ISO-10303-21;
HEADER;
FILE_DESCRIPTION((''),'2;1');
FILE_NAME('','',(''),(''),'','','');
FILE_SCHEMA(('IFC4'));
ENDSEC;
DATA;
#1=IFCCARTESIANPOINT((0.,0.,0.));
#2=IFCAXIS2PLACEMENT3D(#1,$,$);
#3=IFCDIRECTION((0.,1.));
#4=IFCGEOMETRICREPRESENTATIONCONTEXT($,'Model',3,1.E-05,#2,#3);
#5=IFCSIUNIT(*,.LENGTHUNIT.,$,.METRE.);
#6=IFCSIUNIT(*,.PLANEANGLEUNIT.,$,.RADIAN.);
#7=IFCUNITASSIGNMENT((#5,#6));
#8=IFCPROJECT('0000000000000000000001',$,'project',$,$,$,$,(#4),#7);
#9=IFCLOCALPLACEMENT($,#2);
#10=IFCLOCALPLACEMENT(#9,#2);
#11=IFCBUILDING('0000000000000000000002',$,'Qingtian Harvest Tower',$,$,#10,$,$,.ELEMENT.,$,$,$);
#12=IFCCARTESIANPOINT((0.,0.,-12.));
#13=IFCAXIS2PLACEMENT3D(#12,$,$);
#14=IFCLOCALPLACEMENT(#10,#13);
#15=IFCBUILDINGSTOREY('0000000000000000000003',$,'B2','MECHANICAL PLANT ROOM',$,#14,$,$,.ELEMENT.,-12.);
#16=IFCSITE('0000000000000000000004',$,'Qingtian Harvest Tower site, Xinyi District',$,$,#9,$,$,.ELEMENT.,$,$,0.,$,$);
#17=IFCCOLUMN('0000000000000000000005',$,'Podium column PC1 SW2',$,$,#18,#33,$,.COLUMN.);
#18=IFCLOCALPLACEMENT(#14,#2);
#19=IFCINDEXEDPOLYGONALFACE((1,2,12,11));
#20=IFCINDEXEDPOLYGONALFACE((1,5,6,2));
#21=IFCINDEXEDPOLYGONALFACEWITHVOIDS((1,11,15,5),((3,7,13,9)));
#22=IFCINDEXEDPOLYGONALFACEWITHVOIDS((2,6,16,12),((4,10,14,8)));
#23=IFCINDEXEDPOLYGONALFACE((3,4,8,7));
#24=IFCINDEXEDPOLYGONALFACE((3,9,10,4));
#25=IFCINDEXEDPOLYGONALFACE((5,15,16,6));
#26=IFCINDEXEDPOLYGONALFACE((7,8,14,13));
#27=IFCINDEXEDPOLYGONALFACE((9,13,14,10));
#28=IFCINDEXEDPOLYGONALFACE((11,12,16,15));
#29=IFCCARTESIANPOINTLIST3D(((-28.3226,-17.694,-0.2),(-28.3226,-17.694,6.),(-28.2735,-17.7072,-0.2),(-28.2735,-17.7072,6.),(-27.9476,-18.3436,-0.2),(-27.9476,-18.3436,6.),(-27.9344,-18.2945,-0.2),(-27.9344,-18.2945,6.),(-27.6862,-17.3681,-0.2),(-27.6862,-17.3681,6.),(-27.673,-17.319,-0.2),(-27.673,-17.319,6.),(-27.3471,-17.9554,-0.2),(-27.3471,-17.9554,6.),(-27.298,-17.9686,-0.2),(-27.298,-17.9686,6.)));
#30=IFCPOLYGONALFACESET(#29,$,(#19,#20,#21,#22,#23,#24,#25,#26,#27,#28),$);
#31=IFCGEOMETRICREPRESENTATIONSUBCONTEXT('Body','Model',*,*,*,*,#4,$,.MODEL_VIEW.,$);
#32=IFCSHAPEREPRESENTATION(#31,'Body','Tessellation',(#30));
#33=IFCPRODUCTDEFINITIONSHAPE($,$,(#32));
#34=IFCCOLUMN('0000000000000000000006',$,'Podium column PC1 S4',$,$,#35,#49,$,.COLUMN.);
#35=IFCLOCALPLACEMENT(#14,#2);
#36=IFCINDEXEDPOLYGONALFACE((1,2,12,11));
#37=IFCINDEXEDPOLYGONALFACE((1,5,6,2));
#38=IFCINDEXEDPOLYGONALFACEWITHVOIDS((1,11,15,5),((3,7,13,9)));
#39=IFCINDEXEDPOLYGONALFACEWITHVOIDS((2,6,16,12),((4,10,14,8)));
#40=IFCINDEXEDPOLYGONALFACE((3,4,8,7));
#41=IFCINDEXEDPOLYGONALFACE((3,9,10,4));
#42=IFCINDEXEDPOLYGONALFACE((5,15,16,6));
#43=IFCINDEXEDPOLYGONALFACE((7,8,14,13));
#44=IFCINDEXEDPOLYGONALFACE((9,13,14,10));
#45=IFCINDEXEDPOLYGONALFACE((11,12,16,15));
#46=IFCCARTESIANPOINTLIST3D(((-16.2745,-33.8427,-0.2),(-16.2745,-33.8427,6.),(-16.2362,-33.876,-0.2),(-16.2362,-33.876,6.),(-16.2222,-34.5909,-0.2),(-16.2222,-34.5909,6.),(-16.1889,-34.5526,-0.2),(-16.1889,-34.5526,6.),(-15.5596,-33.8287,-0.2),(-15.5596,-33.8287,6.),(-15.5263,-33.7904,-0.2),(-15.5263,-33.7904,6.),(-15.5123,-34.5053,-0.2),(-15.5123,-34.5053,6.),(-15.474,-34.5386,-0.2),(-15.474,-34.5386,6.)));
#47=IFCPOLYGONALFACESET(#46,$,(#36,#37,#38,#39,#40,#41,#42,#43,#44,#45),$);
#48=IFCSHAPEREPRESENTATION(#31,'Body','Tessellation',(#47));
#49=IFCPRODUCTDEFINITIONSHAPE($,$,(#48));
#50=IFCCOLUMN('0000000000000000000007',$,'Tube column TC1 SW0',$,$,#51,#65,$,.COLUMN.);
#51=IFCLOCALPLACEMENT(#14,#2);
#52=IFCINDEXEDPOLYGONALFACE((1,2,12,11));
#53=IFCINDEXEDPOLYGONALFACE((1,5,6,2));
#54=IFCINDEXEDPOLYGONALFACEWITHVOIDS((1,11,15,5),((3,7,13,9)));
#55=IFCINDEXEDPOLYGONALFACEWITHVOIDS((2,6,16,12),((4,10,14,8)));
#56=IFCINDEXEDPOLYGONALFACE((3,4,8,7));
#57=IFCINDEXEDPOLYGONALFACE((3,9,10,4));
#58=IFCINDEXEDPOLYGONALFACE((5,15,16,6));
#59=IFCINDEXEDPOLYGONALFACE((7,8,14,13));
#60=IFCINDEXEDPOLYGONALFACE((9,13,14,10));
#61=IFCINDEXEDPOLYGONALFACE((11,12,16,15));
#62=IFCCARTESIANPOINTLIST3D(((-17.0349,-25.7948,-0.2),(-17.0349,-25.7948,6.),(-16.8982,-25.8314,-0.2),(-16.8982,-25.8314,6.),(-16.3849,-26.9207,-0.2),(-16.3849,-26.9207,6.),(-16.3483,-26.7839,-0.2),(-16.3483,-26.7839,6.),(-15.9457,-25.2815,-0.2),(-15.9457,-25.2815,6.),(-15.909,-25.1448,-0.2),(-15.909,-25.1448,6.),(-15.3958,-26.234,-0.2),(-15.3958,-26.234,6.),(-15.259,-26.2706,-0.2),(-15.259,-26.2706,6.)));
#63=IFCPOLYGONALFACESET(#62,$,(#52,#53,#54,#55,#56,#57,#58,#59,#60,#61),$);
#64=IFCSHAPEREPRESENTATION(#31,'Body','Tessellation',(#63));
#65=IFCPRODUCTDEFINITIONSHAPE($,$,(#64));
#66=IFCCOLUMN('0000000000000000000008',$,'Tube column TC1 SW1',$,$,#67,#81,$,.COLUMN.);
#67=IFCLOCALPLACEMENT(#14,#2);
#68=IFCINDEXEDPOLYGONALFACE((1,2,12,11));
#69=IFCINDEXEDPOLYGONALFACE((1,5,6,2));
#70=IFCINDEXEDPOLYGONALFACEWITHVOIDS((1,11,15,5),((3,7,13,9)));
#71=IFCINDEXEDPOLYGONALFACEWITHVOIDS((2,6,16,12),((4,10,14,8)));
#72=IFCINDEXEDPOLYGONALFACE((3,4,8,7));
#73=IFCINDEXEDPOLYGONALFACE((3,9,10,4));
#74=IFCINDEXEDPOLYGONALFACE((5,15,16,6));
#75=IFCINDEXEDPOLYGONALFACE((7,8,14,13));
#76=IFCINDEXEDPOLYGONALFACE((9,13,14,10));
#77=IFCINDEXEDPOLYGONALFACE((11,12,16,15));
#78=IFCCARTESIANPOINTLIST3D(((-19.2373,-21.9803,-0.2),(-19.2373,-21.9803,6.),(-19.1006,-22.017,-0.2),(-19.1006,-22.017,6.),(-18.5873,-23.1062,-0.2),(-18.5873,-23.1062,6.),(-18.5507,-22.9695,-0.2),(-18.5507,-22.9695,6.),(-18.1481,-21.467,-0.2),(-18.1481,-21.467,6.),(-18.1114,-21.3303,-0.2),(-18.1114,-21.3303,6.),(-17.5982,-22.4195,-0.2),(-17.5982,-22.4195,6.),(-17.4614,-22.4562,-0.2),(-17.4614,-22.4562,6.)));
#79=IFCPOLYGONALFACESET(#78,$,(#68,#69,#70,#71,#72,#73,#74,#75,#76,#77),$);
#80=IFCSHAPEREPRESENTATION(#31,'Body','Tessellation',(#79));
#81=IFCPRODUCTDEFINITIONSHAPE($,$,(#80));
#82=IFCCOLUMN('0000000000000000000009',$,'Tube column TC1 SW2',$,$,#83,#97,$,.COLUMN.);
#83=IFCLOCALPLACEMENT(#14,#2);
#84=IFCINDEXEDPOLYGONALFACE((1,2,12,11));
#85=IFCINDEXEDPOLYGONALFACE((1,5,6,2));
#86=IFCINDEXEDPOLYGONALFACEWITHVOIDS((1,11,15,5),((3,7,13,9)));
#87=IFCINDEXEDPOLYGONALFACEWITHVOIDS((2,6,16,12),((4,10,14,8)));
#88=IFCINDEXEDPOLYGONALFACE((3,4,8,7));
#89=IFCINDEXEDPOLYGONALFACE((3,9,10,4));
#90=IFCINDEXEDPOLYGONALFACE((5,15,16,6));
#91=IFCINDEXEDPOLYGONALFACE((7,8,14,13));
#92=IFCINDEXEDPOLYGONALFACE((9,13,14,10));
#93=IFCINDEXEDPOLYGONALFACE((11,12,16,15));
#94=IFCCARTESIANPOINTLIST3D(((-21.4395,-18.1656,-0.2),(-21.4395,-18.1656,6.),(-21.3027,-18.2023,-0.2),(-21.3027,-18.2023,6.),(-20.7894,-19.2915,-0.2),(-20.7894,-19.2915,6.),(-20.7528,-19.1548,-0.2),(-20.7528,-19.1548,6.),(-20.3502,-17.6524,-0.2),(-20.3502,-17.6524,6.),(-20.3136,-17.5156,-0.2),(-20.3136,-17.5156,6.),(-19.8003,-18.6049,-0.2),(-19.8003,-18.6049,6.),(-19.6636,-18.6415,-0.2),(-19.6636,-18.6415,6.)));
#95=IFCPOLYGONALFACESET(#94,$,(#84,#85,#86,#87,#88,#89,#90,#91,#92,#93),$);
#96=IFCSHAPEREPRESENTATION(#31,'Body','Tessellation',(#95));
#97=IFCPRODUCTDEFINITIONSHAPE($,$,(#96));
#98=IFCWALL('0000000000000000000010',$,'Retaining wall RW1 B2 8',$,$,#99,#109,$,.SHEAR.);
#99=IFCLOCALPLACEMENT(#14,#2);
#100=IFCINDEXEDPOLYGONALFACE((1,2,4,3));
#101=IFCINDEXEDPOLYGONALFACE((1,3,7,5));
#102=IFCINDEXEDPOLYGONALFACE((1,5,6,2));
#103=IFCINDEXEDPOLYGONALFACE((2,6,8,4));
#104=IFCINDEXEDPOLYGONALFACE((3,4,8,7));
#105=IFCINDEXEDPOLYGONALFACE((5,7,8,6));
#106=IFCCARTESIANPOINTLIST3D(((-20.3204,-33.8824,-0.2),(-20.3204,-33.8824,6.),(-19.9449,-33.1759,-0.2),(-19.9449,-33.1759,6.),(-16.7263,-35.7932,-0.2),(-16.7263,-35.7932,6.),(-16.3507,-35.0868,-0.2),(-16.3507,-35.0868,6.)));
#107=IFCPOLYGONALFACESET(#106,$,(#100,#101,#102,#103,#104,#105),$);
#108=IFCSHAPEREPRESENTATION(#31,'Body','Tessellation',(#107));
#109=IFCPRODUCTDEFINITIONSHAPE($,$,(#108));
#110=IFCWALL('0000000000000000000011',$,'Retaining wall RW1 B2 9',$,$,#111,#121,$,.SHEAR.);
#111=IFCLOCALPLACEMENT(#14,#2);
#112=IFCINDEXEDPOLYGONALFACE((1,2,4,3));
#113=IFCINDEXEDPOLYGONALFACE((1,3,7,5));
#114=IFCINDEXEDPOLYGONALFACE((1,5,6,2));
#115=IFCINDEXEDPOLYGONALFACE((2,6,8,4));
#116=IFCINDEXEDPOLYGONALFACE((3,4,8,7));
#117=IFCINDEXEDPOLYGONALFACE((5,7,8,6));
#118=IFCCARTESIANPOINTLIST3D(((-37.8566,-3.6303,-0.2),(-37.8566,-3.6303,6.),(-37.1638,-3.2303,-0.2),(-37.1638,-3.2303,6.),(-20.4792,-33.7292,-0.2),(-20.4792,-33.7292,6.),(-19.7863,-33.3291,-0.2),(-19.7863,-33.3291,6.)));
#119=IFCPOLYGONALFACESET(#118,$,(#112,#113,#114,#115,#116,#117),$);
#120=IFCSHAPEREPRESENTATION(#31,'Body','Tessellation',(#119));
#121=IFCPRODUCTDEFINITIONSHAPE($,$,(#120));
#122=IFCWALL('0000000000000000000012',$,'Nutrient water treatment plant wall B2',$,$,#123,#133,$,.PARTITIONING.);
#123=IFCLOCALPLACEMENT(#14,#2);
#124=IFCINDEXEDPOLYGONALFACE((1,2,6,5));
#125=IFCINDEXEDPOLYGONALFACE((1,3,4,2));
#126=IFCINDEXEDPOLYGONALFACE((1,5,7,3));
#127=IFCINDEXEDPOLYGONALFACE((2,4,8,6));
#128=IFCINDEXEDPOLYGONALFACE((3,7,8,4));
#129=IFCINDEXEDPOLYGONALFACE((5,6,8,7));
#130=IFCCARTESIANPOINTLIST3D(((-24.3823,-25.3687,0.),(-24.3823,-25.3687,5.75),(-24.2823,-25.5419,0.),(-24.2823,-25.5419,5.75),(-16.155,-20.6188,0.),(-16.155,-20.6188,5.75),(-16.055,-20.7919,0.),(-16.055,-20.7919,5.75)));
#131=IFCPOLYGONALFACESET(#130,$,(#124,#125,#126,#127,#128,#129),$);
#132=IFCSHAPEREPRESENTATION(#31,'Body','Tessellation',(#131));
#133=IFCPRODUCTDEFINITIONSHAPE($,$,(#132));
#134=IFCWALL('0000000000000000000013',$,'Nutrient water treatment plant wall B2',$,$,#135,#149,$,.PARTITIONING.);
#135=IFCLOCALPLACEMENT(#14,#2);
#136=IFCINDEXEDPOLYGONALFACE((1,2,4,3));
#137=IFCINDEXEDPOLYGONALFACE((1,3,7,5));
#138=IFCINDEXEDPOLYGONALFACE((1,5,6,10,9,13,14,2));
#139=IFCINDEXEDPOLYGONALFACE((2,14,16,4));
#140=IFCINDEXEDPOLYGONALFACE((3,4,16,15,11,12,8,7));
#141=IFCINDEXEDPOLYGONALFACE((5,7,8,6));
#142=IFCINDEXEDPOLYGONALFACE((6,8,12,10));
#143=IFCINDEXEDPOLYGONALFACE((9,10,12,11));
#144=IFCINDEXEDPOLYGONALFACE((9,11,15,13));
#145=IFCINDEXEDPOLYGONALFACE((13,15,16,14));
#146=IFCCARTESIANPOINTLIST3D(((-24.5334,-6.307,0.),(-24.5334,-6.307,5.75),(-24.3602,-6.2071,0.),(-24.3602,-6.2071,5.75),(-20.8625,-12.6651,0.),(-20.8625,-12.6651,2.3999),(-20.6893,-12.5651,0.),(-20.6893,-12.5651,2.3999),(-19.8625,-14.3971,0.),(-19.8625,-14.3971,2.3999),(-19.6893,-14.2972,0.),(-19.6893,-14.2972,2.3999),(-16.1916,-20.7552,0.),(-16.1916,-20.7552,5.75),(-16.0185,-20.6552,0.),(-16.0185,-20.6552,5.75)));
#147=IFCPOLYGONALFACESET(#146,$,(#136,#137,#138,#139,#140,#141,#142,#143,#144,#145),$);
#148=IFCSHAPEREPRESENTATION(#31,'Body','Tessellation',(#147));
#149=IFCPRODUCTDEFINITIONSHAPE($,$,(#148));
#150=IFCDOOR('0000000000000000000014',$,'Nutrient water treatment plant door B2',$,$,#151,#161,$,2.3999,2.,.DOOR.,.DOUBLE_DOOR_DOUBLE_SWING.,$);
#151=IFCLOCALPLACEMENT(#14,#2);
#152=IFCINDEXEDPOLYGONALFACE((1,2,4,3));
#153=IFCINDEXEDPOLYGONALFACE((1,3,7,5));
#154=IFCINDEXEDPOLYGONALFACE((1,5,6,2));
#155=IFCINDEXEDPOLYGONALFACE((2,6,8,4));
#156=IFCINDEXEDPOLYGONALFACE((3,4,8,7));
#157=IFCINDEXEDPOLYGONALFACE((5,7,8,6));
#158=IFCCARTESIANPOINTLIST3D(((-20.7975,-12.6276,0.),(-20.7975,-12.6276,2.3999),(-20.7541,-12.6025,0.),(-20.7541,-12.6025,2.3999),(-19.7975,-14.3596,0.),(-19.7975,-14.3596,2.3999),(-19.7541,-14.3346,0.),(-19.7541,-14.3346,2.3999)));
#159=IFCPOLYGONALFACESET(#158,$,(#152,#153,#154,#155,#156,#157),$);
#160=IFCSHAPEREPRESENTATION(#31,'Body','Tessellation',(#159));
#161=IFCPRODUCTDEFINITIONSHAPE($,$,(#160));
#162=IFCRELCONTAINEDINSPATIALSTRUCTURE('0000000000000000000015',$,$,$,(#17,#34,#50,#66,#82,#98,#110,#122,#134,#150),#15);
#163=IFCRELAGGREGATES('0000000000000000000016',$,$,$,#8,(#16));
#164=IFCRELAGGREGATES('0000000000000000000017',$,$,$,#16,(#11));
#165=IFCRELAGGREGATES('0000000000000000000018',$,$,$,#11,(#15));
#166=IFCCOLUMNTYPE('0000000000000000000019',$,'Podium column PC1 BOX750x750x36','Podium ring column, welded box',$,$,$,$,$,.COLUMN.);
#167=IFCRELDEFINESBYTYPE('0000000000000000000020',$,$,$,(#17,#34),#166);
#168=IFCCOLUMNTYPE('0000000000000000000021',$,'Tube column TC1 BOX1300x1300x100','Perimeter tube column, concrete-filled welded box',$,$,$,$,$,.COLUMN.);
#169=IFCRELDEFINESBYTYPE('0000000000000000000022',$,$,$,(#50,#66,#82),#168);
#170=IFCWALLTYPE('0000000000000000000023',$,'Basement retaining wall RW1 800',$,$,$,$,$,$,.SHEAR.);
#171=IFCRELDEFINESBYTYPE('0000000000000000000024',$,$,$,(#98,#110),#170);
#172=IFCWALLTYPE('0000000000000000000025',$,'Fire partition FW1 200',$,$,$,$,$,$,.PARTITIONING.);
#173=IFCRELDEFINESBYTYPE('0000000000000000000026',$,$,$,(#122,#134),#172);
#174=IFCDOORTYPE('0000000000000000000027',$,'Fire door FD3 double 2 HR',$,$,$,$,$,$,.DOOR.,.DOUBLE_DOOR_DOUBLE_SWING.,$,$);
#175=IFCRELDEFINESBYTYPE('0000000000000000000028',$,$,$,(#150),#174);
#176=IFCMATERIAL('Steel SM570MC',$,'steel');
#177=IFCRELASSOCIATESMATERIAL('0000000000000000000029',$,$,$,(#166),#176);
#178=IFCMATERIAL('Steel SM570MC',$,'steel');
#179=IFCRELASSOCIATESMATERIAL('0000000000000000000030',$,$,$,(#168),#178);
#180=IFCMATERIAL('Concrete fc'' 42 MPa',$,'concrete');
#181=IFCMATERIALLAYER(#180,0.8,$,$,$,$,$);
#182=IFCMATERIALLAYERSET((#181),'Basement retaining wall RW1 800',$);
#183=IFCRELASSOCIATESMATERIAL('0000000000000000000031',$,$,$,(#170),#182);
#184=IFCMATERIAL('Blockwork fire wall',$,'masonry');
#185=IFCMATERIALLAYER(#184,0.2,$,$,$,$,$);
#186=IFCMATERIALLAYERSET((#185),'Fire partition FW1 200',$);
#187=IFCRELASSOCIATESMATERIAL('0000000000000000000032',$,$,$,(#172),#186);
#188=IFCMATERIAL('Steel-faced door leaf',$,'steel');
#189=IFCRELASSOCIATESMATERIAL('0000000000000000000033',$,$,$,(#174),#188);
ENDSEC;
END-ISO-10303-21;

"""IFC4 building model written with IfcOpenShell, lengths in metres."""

from ifc_helpers import new_model, si_unit, direction, frame, frame_2d, origin, origin_2d, place, context, subcontext, project, spatial, rectangle, hollow_rectangle, extrude, material, layer, layer_set, material_profile, profile_set, type_object, element, fill, save


model = new_model("IFC4")

# Units and contexts
model_context = context("Model", 3, precision=1e-05, world=origin(), true_north=direction((0.0, 1.0)))
body_context = subcontext(model_context, "Body", "Model", "MODEL_VIEW")
ifc_project = project(units=[si_unit("LENGTHUNIT", "METRE"), si_unit("PLANEANGLEUNIT", "RADIAN")], contexts=[model_context])

# Site, building, storey
site_placement = place(None, origin())
site = spatial("IfcSite", under=ifc_project, at=site_placement, Name="Qingtian Harvest Tower site, Xinyi District", CompositionType="ELEMENT", RefElevation=0.0)
building_placement = place(site_placement, origin())
building = spatial("IfcBuilding", under=site, at=building_placement, Name="Qingtian Harvest Tower", CompositionType="ELEMENT")
storey_placement = place(building_placement, frame((0.0, 0.0, -12.0)))
storey = spatial("IfcBuildingStorey", under=building, at=storey_placement, Name="B2", Description="MECHANICAL PLANT ROOM", CompositionType="ELEMENT", Elevation=-12.0)

# Columns
ifc_material_1 = material(Name="Steel SM570MC", Category="steel")
ifc_material_profile_1 = material_profile(ifc_material_1, hollow_rectangle(XDim=0.75, YDim=0.75, WallThickness=0.0359, at=origin_2d()), Name="BOX750x750x36")
ifc_profile_set_1 = profile_set([ifc_material_profile_1], Name="Steel SM570MC")
column_type_1 = type_object("IfcColumnType", Name="Podium column PC1 BOX750x750x36", Description="Podium ring column, welded box", PredefinedType="COLUMN", material=ifc_profile_set_1)
for number, where, z_axis, x_axis, name in (
    (1, (-27.8103, -17.8313, -0.2), (0.0, 0.0, 1.0), (0.5, -0.866025, 0.0), "Podium column PC1 SW2"),
    (2, (-15.8743, -34.1907, -0.2), (0.0, 0.0, 1.0), (0.997564, 0.069756, 0.0), "Podium column PC1 S4"),
):
    element("IfcColumn", number, at=place(storey_placement, frame(where, z_axis=z_axis, x_axis=x_axis)), inside=storey, type_object=column_type_1, Name=name, PredefinedType="COLUMN", context=body_context, shape_type="SweptSolid", body=[
        extrude(hollow_rectangle(XDim=0.75, YDim=0.75, WallThickness=0.0359, at=origin_2d()), origin(), (0.0, 0.0, 1.0), 6.2),
    ])
ifc_material_2 = material(Name="Steel SM570MC", Category="steel")
ifc_material_profile_2 = material_profile(ifc_material_2, hollow_rectangle(XDim=1.3, YDim=1.3, WallThickness=0.1001, at=origin_2d()), Name="BOX1300x1300x100")
ifc_profile_set_2 = profile_set([ifc_material_profile_2], Name="Steel SM570MC")
column_type_2 = type_object("IfcColumnType", Name="Tube column TC1 BOX1300x1300x100", Description="Perimeter tube column, concrete-filled welded box", PredefinedType="COLUMN", material=ifc_profile_set_2)
for number, where, z_axis, x_axis, name in (
    (3, (-16.147, -26.0327, -0.2), (0.0, 0.0, 1.0), (0.5, -0.866025, 0.0), "Tube column TC1 SW0"),
    (4, (-18.3494, -22.2183, -0.2), (0.0, 0.0, 1.0), (0.5, -0.866025, 0.0), "Tube column TC1 SW1"),
    (5, (-20.5515, -18.4036, -0.2), (0.0, 0.0, 1.0), (0.5, -0.866025, 0.0), "Tube column TC1 SW2"),
):
    element("IfcColumn", number, at=place(storey_placement, frame(where, z_axis=z_axis, x_axis=x_axis)), inside=storey, type_object=column_type_2, Name=name, PredefinedType="COLUMN", context=body_context, shape_type="SweptSolid", body=[
        extrude(hollow_rectangle(XDim=1.3, YDim=1.3, WallThickness=0.1001, at=origin_2d()), origin(), (0.0, 0.0, 1.0), 6.2),
    ])

# Walls
ifc_material_3 = material(Name="Concrete fc' 42 MPa", Category="concrete")
ifc_layer_1 = layer(ifc_material_3, 0.8)
ifc_layer_set_1 = layer_set([ifc_layer_1], Name="Basement retaining wall RW1 800")
wall_type_1 = type_object("IfcWallType", Name="Basement retaining wall RW1 800", PredefinedType="SHEAR", material=ifc_layer_set_1)
wall_1_placement = place(storey_placement, frame((-16.5386, -35.4399, -0.2), z_axis=(0.0, 0.0, 1.0), x_axis=(-0.882968, 0.469433, 0.0)))
element("IfcWall", 6, at=wall_1_placement, inside=storey, type_object=wall_type_1, Name="Retaining wall RW1 B2 8", PredefinedType="SHEAR", context=body_context, shape_type="SweptSolid", body=[
    extrude(rectangle(XDim=4.0706, YDim=0.8, at=frame_2d((2.0352, 0.0))), origin(), (0.0, 0.0, 1.0), 6.2),
])
wall_2_placement = place(storey_placement, frame((-20.1328, -33.5291, -0.2), z_axis=(0.0, 0.0, 1.0), x_axis=(-0.499997, 0.866027, 0.0)))
element("IfcWall", 7, at=wall_2_placement, inside=storey, type_object=wall_type_1, Name="Retaining wall RW1 B2 9", PredefinedType="SHEAR", context=body_context, shape_type="SweptSolid", body=[
    extrude(rectangle(XDim=34.7551, YDim=0.8, at=frame_2d((17.3774, 0.0))), origin(), (0.0, 0.0, 1.0), 6.2),
])
ifc_material_4 = material(Name="Blockwork fire wall", Category="masonry")
ifc_layer_2 = layer(ifc_material_4, 0.2)
ifc_layer_set_2 = layer_set([ifc_layer_2], Name="Fire partition FW1 200")
wall_type_2 = type_object("IfcWallType", Name="Fire partition FW1 200", PredefinedType="PARTITIONING", material=ifc_layer_set_2)
wall_3_placement = place(storey_placement, frame((-24.3323, -25.4553, 0.0), z_axis=(0.0, 0.0, 1.0), x_axis=(0.866027, 0.499998, 0.0)))
element("IfcWall", 8, at=wall_3_placement, inside=storey, type_object=wall_type_2, Name="Nutrient water treatment plant wall B2", PredefinedType="PARTITIONING", context=body_context, shape_type="SweptSolid", body=[
    extrude(rectangle(XDim=9.5, YDim=0.2, at=frame_2d((4.75, 0.0))), origin(), (0.0, 0.0, 1.0), 5.75),
])

# Wall, opening, door
wall_4_placement = place(storey_placement, frame((-16.105, -20.7053, 0.0), z_axis=(0.0, 0.0, 1.0), x_axis=(-0.500005, 0.866023, 0.0)))
wall_4 = element("IfcWall", 9, at=wall_4_placement, inside=storey, type_object=wall_type_2, Name="Nutrient water treatment plant wall B2", PredefinedType="PARTITIONING", context=body_context, shape_type="SweptSolid", body=[
    extrude(rectangle(XDim=16.6833, YDim=0.2, at=frame_2d((8.3418, 0.0))), origin(), (0.0, 0.0, 1.0), 5.75),
])
opening_placement = place(wall_4_placement, frame((7.3418, 0.0, 0.0)))
opening = element("IfcOpeningElement", 10, at=opening_placement, cuts=wall_4, PredefinedType="OPENING", context=body_context, shape_type="SweptSolid", body=[
    extrude(rectangle(XDim=2.0, YDim=2.3999, at=frame_2d((1.0, 1.2))), frame((0.0, 0.1099, 0.0), z_axis=(0.0, -1.0, 0.0), x_axis=(1.0, 0.0, 0.0)), (0.0, 0.0, 1.0), 0.22),
])
ifc_material_5 = material(Name="Steel-faced door leaf", Category="steel")
door_type = type_object("IfcDoorType", Name="Fire door FD3 double 2 HR", OperationType="DOUBLE_DOOR_DOUBLE_SWING", PredefinedType="DOOR", material=ifc_material_5)
door_placement = place(opening_placement, origin())
door = element("IfcDoor", 11, at=door_placement, inside=storey, type_object=door_type, Name="Nutrient water treatment plant door B2", OperationType="DOUBLE_DOOR_DOUBLE_SWING", OverallHeight=2.3999, OverallWidth=2.0, PredefinedType="DOOR", context=body_context, shape_type="SweptSolid", body=[
    extrude(rectangle(XDim=2.0, YDim=2.3999, at=frame_2d((1.0, 1.2))), frame((0.0, 0.0249, 0.0), z_axis=(0.0, -1.0, 0.0), x_axis=(1.0, 0.0, 0.0)), (0.0, 0.0, 1.0), 0.05),
])
fill(opening, door)

save(model, "model.ifc")
